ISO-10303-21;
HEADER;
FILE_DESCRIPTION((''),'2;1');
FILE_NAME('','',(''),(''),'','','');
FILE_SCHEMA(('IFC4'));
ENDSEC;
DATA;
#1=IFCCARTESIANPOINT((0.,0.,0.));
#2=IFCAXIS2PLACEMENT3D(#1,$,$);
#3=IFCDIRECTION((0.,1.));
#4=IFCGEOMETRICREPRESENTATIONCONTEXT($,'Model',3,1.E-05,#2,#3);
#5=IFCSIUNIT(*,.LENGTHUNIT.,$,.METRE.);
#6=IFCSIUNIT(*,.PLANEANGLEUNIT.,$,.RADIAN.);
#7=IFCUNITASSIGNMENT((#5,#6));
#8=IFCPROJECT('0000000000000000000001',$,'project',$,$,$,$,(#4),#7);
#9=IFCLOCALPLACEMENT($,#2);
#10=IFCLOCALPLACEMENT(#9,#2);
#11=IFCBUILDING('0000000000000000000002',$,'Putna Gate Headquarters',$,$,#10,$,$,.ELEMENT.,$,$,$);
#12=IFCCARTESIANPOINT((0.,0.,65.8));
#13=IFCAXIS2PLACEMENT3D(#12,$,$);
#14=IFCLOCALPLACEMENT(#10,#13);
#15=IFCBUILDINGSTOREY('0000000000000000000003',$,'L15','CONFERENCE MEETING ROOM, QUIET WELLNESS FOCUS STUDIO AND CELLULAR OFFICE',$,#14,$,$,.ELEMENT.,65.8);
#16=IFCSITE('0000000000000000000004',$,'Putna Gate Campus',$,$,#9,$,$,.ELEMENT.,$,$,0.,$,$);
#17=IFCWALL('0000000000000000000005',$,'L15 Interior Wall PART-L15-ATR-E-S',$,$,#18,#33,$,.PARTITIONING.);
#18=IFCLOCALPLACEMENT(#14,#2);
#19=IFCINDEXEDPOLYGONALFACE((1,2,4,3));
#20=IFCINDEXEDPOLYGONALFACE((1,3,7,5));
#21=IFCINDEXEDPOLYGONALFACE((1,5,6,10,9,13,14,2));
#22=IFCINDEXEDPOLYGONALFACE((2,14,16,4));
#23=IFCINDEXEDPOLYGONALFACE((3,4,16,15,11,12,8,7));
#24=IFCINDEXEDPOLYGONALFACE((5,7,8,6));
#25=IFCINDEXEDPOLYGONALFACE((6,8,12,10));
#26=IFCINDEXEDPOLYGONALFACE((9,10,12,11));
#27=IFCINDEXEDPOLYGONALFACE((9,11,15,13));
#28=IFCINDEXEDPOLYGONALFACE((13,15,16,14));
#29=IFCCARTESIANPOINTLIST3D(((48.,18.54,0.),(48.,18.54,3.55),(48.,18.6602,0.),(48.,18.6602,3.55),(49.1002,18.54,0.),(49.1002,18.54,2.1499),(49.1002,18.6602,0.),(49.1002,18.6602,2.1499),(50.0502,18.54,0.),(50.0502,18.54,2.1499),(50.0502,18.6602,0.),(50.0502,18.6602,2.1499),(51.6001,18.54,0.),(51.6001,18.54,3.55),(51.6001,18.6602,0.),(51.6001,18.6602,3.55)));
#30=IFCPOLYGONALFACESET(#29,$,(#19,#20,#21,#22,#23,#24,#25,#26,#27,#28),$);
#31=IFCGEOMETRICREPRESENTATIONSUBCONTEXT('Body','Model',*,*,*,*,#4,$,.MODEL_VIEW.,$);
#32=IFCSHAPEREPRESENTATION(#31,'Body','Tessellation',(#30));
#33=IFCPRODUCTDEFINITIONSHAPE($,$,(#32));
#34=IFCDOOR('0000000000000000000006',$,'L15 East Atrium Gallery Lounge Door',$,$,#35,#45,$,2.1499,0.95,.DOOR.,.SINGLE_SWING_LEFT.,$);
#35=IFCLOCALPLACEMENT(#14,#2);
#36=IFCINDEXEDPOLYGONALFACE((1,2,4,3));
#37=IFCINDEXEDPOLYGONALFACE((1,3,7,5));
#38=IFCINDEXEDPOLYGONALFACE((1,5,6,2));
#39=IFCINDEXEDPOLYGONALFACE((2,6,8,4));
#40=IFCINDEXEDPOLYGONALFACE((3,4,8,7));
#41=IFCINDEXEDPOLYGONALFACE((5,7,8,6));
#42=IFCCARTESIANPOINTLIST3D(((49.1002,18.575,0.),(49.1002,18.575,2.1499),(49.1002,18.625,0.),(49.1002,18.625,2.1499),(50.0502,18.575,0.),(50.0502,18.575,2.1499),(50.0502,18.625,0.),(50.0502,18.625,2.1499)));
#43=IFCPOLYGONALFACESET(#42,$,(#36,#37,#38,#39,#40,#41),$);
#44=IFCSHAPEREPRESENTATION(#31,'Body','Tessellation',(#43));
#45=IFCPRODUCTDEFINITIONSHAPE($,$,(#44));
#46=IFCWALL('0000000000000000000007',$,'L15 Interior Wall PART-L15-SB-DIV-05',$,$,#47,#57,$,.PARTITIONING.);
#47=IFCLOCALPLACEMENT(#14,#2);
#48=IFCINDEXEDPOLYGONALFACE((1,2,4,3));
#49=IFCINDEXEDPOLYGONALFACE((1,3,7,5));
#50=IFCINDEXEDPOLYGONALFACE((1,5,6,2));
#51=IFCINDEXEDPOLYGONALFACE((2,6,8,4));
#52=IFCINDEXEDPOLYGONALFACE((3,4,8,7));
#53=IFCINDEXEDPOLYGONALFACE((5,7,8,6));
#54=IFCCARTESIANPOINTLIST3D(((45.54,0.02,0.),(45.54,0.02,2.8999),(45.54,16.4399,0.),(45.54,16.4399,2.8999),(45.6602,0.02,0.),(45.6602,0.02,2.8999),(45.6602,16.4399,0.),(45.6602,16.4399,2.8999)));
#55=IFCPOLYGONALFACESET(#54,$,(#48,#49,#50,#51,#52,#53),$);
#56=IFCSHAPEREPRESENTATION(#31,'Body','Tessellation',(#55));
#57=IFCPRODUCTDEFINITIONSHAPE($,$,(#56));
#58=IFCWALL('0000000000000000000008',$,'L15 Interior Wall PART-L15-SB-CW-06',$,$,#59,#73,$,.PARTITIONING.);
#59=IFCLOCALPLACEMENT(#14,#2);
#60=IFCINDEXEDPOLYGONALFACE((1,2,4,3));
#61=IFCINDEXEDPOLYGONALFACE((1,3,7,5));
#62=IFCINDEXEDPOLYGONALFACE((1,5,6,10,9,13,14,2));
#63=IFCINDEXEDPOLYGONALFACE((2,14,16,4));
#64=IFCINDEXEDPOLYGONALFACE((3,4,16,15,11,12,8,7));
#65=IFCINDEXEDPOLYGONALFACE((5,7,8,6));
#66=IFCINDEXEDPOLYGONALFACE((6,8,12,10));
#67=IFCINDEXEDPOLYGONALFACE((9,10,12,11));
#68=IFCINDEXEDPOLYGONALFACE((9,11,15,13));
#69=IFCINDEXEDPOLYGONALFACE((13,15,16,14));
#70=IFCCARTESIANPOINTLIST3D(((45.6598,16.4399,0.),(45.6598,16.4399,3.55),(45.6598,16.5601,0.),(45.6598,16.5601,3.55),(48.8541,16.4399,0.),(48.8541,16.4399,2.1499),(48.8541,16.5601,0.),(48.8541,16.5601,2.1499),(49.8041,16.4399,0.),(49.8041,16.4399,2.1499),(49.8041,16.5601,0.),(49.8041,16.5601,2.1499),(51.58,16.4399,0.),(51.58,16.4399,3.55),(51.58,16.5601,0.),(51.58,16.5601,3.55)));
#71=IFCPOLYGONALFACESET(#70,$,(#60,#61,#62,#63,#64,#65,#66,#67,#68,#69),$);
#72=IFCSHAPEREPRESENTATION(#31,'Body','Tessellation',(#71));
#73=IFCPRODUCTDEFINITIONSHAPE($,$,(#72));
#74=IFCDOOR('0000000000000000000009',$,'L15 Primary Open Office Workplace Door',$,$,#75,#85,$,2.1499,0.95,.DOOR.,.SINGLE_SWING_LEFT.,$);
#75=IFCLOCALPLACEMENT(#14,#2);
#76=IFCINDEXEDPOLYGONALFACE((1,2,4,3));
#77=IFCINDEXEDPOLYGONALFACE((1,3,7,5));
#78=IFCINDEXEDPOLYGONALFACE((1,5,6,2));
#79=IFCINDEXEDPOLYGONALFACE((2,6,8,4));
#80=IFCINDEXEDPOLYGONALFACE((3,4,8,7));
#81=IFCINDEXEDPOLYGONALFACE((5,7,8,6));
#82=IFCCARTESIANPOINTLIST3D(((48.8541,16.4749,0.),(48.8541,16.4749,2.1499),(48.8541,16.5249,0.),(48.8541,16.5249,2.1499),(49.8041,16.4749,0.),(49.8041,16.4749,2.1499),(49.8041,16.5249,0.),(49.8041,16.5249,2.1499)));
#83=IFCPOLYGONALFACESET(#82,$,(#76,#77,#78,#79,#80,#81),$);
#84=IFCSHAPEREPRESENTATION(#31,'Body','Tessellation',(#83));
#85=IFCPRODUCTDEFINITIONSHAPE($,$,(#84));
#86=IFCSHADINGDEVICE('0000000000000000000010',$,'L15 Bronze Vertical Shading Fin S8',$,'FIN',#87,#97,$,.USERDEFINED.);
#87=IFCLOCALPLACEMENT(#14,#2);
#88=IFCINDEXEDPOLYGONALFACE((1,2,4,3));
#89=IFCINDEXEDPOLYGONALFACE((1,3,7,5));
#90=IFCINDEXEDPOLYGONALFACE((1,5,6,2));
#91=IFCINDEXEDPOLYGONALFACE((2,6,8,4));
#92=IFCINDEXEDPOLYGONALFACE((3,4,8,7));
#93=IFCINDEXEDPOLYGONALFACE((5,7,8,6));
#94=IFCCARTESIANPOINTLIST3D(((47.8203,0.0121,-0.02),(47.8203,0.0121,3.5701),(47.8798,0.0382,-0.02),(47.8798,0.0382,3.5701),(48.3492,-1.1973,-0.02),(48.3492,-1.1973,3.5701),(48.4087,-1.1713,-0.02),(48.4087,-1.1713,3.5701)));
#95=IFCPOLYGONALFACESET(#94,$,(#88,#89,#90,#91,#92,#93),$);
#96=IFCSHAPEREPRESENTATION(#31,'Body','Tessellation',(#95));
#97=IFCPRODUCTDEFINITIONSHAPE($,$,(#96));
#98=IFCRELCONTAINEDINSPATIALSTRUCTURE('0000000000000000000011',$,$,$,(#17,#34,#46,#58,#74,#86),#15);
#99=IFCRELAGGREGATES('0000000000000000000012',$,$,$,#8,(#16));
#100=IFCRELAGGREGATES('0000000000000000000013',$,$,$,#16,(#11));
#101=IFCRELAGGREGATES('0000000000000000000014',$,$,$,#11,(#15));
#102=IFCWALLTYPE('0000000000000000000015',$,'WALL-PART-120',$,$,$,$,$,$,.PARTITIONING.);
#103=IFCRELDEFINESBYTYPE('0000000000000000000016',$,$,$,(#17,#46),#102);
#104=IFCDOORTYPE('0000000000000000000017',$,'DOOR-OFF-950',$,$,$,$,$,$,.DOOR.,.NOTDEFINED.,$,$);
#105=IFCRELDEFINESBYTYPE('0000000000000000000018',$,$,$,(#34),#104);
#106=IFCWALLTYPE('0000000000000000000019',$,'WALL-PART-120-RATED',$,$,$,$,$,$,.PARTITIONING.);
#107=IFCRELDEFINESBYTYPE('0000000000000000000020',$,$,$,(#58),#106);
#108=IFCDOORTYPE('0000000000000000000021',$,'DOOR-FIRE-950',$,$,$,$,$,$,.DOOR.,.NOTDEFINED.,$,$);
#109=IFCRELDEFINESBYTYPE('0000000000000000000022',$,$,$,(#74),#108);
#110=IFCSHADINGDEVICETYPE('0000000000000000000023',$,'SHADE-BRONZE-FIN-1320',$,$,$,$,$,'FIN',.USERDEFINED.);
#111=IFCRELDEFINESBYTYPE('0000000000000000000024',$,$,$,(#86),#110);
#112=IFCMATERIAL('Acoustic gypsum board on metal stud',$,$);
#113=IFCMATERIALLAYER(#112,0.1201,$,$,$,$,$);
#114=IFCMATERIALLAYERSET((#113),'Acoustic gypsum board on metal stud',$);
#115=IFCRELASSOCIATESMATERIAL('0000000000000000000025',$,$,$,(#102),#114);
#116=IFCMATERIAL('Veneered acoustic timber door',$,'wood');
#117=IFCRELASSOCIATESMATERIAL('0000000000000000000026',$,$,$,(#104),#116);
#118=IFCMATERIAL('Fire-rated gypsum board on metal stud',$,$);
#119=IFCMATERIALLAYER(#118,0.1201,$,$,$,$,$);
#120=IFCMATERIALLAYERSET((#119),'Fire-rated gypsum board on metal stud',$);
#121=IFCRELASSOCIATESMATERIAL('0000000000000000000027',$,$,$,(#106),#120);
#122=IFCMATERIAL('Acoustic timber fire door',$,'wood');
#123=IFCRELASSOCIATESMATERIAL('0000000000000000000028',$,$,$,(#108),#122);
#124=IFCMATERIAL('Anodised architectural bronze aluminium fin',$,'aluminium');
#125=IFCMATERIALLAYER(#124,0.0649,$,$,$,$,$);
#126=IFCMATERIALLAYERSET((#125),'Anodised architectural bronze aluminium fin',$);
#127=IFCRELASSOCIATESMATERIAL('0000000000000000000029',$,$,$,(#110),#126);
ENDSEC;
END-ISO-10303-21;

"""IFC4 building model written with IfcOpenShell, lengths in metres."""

from ifc_helpers import new_model, si_unit, direction, frame, frame_2d, origin, origin_2d, place, context, subcontext, project, spatial, rectangle, extrude, material, layer, layer_set, type_object, element, fill, save


model = new_model("IFC4")

# Units and contexts
model_context = context("Model", 3, precision=1e-05, world=origin(), true_north=direction((0.0, 1.0)))
body_context = subcontext(model_context, "Body", "Model", "MODEL_VIEW")
ifc_project = project(units=[si_unit("LENGTHUNIT", "METRE"), si_unit("PLANEANGLEUNIT", "RADIAN")], contexts=[model_context])

# Site, building, storey
site_placement = place(None, origin())
site = spatial("IfcSite", under=ifc_project, at=site_placement, Name="Putna Gate Campus", CompositionType="ELEMENT", RefElevation=0.0)
building_placement = place(site_placement, origin())
building = spatial("IfcBuilding", under=site, at=building_placement, Name="Putna Gate Headquarters", CompositionType="ELEMENT")
storey_placement = place(building_placement, frame((0.0, 0.0, 65.8)))
storey = spatial("IfcBuildingStorey", under=building, at=storey_placement, Name="L15", Description="CONFERENCE MEETING ROOM, QUIET WELLNESS FOCUS STUDIO AND CELLULAR OFFICE", CompositionType="ELEMENT", Elevation=65.8)

# Wall, opening, door
ifc_material_1 = material(Name="Acoustic gypsum board on metal stud")
ifc_layer_1 = layer(ifc_material_1, 0.1201)
ifc_layer_set_1 = layer_set([ifc_layer_1], Name="Acoustic gypsum board on metal stud")
wall_type_1 = type_object("IfcWallType", Name="WALL-PART-120", PredefinedType="PARTITIONING", material=ifc_layer_set_1)
wall_1_placement = place(storey_placement, frame((48.0, 18.6001, 0.0), z_axis=(0.0, 0.0, 1.0), x_axis=(1.0, 0.0, 0.0)))
wall_1 = element("IfcWall", 1, at=wall_1_placement, inside=storey, type_object=wall_type_1, Name="L15 Interior Wall PART-L15-ATR-E-S", PredefinedType="PARTITIONING", context=body_context, shape_type="SweptSolid", body=[
    extrude(rectangle(XDim=3.6001, YDim=0.1201, at=frame_2d((1.8, 0.0))), origin(), (0.0, 0.0, 1.0), 3.55),
])
opening_1_placement = place(wall_1_placement, frame((1.1001, 0.0, 0.0)))
opening_1 = element("IfcOpeningElement", 2, at=opening_1_placement, cuts=wall_1, PredefinedType="OPENING", context=body_context, shape_type="SweptSolid", body=[
    extrude(rectangle(XDim=0.95, YDim=2.1499, at=frame_2d((0.4751, 1.075))), frame((0.0, 0.0701, 0.0), z_axis=(0.0, -1.0, 0.0), x_axis=(1.0, 0.0, 0.0)), (0.0, 0.0, 1.0), 0.1401),
])
ifc_material_2 = material(Name="Veneered acoustic timber door", Category="wood")
door_type_1 = type_object("IfcDoorType", Name="DOOR-OFF-950", OperationType="NOTDEFINED", PredefinedType="DOOR", material=ifc_material_2)
door_1_placement = place(opening_1_placement, origin())
door_1 = element("IfcDoor", 3, at=door_1_placement, inside=storey, type_object=door_type_1, Name="L15 East Atrium Gallery Lounge Door", OperationType="SINGLE_SWING_LEFT", OverallHeight=2.1499, OverallWidth=0.95, PredefinedType="DOOR", context=body_context, shape_type="SweptSolid", body=[
    extrude(rectangle(XDim=0.95, YDim=2.1499, at=frame_2d((0.4751, 1.075))), frame((0.0, 0.0249, 0.0), z_axis=(0.0, -1.0, 0.0), x_axis=(1.0, 0.0, 0.0)), (0.0, 0.0, 1.0), 0.05),
])
fill(opening_1, door_1)

# Wall
wall_2_placement = place(storey_placement, frame((45.6001, 0.02, 0.0), z_axis=(0.0, 0.0, 1.0), x_axis=(0.0, 1.0, 0.0)))
element("IfcWall", 4, at=wall_2_placement, inside=storey, type_object=wall_type_1, Name="L15 Interior Wall PART-L15-SB-DIV-05", PredefinedType="PARTITIONING", context=body_context, shape_type="SweptSolid", body=[
    extrude(rectangle(XDim=16.4199, YDim=0.1201, at=frame_2d((8.21, 0.0))), origin(), (0.0, 0.0, 1.0), 2.8999),
])

# Wall, opening, door
ifc_material_3 = material(Name="Fire-rated gypsum board on metal stud")
ifc_layer_2 = layer(ifc_material_3, 0.1201)
ifc_layer_set_2 = layer_set([ifc_layer_2], Name="Fire-rated gypsum board on metal stud")
wall_type_2 = type_object("IfcWallType", Name="WALL-PART-120-RATED", PredefinedType="PARTITIONING", material=ifc_layer_set_2)
wall_3_placement = place(storey_placement, frame((45.6599, 16.5, 0.0), z_axis=(0.0, 0.0, 1.0), x_axis=(1.0, 0.0, 0.0)))
wall_3 = element("IfcWall", 5, at=wall_3_placement, inside=storey, type_object=wall_type_2, Name="L15 Interior Wall PART-L15-SB-CW-06", PredefinedType="PARTITIONING", context=body_context, shape_type="SweptSolid", body=[
    extrude(rectangle(XDim=5.9202, YDim=0.1201, at=frame_2d((2.96, 0.0))), origin(), (0.0, 0.0, 1.0), 3.55),
])
opening_2_placement = place(wall_3_placement, frame((3.1941, 0.0, 0.0)))
opening_2 = element("IfcOpeningElement", 6, at=opening_2_placement, cuts=wall_3, PredefinedType="OPENING", context=body_context, shape_type="SweptSolid", body=[
    extrude(rectangle(XDim=0.95, YDim=2.1499, at=frame_2d((0.4751, 1.075))), frame((0.0, 0.0701, 0.0), z_axis=(0.0, -1.0, 0.0), x_axis=(1.0, 0.0, 0.0)), (0.0, 0.0, 1.0), 0.1401),
])
ifc_material_4 = material(Name="Acoustic timber fire door", Category="wood")
door_type_2 = type_object("IfcDoorType", Name="DOOR-FIRE-950", OperationType="NOTDEFINED", PredefinedType="DOOR", material=ifc_material_4)
door_2_placement = place(opening_2_placement, origin())
door_2 = element("IfcDoor", 7, at=door_2_placement, inside=storey, type_object=door_type_2, Name="L15 Primary Open Office Workplace Door", OperationType="SINGLE_SWING_LEFT", OverallHeight=2.1499, OverallWidth=0.95, PredefinedType="DOOR", context=body_context, shape_type="SweptSolid", body=[
    extrude(rectangle(XDim=0.95, YDim=2.1499, at=frame_2d((0.4751, 1.075))), frame((0.0, 0.0249, 0.0), z_axis=(0.0, -1.0, 0.0), x_axis=(1.0, 0.0, 0.0)), (0.0, 0.0, 1.0), 0.05),
])
fill(opening_2, door_2)

# Shading device
ifc_material_5 = material(Name="Anodised architectural bronze aluminium fin", Category="aluminium")
ifc_layer_3 = layer(ifc_material_5, 0.0649)
ifc_layer_set_3 = layer_set([ifc_layer_3], Name="Anodised architectural bronze aluminium fin")
shading_device_type = type_object("IfcShadingDeviceType", Name="SHADE-BRONZE-FIN-1320", ElementType="FIN", PredefinedType="USERDEFINED", material=ifc_layer_set_3)
shading_device_placement = place(storey_placement, frame((48.1145, -0.5796, -0.02), z_axis=(0.0, 0.0, 1.0), x_axis=(0.400669, -0.916223, 0.0)))
element("IfcShadingDevice", 8, at=shading_device_placement, inside=storey, type_object=shading_device_type, Name="L15 Bronze Vertical Shading Fin S8", ObjectType="FIN", PredefinedType="USERDEFINED", context=body_context, shape_type="SweptSolid", body=[
    extrude(rectangle(XDim=1.3201, YDim=0.0649, at=origin_2d()), origin(), (0.0, 0.0, 1.0), 3.5901),
])

save(model, "model.ifc")
